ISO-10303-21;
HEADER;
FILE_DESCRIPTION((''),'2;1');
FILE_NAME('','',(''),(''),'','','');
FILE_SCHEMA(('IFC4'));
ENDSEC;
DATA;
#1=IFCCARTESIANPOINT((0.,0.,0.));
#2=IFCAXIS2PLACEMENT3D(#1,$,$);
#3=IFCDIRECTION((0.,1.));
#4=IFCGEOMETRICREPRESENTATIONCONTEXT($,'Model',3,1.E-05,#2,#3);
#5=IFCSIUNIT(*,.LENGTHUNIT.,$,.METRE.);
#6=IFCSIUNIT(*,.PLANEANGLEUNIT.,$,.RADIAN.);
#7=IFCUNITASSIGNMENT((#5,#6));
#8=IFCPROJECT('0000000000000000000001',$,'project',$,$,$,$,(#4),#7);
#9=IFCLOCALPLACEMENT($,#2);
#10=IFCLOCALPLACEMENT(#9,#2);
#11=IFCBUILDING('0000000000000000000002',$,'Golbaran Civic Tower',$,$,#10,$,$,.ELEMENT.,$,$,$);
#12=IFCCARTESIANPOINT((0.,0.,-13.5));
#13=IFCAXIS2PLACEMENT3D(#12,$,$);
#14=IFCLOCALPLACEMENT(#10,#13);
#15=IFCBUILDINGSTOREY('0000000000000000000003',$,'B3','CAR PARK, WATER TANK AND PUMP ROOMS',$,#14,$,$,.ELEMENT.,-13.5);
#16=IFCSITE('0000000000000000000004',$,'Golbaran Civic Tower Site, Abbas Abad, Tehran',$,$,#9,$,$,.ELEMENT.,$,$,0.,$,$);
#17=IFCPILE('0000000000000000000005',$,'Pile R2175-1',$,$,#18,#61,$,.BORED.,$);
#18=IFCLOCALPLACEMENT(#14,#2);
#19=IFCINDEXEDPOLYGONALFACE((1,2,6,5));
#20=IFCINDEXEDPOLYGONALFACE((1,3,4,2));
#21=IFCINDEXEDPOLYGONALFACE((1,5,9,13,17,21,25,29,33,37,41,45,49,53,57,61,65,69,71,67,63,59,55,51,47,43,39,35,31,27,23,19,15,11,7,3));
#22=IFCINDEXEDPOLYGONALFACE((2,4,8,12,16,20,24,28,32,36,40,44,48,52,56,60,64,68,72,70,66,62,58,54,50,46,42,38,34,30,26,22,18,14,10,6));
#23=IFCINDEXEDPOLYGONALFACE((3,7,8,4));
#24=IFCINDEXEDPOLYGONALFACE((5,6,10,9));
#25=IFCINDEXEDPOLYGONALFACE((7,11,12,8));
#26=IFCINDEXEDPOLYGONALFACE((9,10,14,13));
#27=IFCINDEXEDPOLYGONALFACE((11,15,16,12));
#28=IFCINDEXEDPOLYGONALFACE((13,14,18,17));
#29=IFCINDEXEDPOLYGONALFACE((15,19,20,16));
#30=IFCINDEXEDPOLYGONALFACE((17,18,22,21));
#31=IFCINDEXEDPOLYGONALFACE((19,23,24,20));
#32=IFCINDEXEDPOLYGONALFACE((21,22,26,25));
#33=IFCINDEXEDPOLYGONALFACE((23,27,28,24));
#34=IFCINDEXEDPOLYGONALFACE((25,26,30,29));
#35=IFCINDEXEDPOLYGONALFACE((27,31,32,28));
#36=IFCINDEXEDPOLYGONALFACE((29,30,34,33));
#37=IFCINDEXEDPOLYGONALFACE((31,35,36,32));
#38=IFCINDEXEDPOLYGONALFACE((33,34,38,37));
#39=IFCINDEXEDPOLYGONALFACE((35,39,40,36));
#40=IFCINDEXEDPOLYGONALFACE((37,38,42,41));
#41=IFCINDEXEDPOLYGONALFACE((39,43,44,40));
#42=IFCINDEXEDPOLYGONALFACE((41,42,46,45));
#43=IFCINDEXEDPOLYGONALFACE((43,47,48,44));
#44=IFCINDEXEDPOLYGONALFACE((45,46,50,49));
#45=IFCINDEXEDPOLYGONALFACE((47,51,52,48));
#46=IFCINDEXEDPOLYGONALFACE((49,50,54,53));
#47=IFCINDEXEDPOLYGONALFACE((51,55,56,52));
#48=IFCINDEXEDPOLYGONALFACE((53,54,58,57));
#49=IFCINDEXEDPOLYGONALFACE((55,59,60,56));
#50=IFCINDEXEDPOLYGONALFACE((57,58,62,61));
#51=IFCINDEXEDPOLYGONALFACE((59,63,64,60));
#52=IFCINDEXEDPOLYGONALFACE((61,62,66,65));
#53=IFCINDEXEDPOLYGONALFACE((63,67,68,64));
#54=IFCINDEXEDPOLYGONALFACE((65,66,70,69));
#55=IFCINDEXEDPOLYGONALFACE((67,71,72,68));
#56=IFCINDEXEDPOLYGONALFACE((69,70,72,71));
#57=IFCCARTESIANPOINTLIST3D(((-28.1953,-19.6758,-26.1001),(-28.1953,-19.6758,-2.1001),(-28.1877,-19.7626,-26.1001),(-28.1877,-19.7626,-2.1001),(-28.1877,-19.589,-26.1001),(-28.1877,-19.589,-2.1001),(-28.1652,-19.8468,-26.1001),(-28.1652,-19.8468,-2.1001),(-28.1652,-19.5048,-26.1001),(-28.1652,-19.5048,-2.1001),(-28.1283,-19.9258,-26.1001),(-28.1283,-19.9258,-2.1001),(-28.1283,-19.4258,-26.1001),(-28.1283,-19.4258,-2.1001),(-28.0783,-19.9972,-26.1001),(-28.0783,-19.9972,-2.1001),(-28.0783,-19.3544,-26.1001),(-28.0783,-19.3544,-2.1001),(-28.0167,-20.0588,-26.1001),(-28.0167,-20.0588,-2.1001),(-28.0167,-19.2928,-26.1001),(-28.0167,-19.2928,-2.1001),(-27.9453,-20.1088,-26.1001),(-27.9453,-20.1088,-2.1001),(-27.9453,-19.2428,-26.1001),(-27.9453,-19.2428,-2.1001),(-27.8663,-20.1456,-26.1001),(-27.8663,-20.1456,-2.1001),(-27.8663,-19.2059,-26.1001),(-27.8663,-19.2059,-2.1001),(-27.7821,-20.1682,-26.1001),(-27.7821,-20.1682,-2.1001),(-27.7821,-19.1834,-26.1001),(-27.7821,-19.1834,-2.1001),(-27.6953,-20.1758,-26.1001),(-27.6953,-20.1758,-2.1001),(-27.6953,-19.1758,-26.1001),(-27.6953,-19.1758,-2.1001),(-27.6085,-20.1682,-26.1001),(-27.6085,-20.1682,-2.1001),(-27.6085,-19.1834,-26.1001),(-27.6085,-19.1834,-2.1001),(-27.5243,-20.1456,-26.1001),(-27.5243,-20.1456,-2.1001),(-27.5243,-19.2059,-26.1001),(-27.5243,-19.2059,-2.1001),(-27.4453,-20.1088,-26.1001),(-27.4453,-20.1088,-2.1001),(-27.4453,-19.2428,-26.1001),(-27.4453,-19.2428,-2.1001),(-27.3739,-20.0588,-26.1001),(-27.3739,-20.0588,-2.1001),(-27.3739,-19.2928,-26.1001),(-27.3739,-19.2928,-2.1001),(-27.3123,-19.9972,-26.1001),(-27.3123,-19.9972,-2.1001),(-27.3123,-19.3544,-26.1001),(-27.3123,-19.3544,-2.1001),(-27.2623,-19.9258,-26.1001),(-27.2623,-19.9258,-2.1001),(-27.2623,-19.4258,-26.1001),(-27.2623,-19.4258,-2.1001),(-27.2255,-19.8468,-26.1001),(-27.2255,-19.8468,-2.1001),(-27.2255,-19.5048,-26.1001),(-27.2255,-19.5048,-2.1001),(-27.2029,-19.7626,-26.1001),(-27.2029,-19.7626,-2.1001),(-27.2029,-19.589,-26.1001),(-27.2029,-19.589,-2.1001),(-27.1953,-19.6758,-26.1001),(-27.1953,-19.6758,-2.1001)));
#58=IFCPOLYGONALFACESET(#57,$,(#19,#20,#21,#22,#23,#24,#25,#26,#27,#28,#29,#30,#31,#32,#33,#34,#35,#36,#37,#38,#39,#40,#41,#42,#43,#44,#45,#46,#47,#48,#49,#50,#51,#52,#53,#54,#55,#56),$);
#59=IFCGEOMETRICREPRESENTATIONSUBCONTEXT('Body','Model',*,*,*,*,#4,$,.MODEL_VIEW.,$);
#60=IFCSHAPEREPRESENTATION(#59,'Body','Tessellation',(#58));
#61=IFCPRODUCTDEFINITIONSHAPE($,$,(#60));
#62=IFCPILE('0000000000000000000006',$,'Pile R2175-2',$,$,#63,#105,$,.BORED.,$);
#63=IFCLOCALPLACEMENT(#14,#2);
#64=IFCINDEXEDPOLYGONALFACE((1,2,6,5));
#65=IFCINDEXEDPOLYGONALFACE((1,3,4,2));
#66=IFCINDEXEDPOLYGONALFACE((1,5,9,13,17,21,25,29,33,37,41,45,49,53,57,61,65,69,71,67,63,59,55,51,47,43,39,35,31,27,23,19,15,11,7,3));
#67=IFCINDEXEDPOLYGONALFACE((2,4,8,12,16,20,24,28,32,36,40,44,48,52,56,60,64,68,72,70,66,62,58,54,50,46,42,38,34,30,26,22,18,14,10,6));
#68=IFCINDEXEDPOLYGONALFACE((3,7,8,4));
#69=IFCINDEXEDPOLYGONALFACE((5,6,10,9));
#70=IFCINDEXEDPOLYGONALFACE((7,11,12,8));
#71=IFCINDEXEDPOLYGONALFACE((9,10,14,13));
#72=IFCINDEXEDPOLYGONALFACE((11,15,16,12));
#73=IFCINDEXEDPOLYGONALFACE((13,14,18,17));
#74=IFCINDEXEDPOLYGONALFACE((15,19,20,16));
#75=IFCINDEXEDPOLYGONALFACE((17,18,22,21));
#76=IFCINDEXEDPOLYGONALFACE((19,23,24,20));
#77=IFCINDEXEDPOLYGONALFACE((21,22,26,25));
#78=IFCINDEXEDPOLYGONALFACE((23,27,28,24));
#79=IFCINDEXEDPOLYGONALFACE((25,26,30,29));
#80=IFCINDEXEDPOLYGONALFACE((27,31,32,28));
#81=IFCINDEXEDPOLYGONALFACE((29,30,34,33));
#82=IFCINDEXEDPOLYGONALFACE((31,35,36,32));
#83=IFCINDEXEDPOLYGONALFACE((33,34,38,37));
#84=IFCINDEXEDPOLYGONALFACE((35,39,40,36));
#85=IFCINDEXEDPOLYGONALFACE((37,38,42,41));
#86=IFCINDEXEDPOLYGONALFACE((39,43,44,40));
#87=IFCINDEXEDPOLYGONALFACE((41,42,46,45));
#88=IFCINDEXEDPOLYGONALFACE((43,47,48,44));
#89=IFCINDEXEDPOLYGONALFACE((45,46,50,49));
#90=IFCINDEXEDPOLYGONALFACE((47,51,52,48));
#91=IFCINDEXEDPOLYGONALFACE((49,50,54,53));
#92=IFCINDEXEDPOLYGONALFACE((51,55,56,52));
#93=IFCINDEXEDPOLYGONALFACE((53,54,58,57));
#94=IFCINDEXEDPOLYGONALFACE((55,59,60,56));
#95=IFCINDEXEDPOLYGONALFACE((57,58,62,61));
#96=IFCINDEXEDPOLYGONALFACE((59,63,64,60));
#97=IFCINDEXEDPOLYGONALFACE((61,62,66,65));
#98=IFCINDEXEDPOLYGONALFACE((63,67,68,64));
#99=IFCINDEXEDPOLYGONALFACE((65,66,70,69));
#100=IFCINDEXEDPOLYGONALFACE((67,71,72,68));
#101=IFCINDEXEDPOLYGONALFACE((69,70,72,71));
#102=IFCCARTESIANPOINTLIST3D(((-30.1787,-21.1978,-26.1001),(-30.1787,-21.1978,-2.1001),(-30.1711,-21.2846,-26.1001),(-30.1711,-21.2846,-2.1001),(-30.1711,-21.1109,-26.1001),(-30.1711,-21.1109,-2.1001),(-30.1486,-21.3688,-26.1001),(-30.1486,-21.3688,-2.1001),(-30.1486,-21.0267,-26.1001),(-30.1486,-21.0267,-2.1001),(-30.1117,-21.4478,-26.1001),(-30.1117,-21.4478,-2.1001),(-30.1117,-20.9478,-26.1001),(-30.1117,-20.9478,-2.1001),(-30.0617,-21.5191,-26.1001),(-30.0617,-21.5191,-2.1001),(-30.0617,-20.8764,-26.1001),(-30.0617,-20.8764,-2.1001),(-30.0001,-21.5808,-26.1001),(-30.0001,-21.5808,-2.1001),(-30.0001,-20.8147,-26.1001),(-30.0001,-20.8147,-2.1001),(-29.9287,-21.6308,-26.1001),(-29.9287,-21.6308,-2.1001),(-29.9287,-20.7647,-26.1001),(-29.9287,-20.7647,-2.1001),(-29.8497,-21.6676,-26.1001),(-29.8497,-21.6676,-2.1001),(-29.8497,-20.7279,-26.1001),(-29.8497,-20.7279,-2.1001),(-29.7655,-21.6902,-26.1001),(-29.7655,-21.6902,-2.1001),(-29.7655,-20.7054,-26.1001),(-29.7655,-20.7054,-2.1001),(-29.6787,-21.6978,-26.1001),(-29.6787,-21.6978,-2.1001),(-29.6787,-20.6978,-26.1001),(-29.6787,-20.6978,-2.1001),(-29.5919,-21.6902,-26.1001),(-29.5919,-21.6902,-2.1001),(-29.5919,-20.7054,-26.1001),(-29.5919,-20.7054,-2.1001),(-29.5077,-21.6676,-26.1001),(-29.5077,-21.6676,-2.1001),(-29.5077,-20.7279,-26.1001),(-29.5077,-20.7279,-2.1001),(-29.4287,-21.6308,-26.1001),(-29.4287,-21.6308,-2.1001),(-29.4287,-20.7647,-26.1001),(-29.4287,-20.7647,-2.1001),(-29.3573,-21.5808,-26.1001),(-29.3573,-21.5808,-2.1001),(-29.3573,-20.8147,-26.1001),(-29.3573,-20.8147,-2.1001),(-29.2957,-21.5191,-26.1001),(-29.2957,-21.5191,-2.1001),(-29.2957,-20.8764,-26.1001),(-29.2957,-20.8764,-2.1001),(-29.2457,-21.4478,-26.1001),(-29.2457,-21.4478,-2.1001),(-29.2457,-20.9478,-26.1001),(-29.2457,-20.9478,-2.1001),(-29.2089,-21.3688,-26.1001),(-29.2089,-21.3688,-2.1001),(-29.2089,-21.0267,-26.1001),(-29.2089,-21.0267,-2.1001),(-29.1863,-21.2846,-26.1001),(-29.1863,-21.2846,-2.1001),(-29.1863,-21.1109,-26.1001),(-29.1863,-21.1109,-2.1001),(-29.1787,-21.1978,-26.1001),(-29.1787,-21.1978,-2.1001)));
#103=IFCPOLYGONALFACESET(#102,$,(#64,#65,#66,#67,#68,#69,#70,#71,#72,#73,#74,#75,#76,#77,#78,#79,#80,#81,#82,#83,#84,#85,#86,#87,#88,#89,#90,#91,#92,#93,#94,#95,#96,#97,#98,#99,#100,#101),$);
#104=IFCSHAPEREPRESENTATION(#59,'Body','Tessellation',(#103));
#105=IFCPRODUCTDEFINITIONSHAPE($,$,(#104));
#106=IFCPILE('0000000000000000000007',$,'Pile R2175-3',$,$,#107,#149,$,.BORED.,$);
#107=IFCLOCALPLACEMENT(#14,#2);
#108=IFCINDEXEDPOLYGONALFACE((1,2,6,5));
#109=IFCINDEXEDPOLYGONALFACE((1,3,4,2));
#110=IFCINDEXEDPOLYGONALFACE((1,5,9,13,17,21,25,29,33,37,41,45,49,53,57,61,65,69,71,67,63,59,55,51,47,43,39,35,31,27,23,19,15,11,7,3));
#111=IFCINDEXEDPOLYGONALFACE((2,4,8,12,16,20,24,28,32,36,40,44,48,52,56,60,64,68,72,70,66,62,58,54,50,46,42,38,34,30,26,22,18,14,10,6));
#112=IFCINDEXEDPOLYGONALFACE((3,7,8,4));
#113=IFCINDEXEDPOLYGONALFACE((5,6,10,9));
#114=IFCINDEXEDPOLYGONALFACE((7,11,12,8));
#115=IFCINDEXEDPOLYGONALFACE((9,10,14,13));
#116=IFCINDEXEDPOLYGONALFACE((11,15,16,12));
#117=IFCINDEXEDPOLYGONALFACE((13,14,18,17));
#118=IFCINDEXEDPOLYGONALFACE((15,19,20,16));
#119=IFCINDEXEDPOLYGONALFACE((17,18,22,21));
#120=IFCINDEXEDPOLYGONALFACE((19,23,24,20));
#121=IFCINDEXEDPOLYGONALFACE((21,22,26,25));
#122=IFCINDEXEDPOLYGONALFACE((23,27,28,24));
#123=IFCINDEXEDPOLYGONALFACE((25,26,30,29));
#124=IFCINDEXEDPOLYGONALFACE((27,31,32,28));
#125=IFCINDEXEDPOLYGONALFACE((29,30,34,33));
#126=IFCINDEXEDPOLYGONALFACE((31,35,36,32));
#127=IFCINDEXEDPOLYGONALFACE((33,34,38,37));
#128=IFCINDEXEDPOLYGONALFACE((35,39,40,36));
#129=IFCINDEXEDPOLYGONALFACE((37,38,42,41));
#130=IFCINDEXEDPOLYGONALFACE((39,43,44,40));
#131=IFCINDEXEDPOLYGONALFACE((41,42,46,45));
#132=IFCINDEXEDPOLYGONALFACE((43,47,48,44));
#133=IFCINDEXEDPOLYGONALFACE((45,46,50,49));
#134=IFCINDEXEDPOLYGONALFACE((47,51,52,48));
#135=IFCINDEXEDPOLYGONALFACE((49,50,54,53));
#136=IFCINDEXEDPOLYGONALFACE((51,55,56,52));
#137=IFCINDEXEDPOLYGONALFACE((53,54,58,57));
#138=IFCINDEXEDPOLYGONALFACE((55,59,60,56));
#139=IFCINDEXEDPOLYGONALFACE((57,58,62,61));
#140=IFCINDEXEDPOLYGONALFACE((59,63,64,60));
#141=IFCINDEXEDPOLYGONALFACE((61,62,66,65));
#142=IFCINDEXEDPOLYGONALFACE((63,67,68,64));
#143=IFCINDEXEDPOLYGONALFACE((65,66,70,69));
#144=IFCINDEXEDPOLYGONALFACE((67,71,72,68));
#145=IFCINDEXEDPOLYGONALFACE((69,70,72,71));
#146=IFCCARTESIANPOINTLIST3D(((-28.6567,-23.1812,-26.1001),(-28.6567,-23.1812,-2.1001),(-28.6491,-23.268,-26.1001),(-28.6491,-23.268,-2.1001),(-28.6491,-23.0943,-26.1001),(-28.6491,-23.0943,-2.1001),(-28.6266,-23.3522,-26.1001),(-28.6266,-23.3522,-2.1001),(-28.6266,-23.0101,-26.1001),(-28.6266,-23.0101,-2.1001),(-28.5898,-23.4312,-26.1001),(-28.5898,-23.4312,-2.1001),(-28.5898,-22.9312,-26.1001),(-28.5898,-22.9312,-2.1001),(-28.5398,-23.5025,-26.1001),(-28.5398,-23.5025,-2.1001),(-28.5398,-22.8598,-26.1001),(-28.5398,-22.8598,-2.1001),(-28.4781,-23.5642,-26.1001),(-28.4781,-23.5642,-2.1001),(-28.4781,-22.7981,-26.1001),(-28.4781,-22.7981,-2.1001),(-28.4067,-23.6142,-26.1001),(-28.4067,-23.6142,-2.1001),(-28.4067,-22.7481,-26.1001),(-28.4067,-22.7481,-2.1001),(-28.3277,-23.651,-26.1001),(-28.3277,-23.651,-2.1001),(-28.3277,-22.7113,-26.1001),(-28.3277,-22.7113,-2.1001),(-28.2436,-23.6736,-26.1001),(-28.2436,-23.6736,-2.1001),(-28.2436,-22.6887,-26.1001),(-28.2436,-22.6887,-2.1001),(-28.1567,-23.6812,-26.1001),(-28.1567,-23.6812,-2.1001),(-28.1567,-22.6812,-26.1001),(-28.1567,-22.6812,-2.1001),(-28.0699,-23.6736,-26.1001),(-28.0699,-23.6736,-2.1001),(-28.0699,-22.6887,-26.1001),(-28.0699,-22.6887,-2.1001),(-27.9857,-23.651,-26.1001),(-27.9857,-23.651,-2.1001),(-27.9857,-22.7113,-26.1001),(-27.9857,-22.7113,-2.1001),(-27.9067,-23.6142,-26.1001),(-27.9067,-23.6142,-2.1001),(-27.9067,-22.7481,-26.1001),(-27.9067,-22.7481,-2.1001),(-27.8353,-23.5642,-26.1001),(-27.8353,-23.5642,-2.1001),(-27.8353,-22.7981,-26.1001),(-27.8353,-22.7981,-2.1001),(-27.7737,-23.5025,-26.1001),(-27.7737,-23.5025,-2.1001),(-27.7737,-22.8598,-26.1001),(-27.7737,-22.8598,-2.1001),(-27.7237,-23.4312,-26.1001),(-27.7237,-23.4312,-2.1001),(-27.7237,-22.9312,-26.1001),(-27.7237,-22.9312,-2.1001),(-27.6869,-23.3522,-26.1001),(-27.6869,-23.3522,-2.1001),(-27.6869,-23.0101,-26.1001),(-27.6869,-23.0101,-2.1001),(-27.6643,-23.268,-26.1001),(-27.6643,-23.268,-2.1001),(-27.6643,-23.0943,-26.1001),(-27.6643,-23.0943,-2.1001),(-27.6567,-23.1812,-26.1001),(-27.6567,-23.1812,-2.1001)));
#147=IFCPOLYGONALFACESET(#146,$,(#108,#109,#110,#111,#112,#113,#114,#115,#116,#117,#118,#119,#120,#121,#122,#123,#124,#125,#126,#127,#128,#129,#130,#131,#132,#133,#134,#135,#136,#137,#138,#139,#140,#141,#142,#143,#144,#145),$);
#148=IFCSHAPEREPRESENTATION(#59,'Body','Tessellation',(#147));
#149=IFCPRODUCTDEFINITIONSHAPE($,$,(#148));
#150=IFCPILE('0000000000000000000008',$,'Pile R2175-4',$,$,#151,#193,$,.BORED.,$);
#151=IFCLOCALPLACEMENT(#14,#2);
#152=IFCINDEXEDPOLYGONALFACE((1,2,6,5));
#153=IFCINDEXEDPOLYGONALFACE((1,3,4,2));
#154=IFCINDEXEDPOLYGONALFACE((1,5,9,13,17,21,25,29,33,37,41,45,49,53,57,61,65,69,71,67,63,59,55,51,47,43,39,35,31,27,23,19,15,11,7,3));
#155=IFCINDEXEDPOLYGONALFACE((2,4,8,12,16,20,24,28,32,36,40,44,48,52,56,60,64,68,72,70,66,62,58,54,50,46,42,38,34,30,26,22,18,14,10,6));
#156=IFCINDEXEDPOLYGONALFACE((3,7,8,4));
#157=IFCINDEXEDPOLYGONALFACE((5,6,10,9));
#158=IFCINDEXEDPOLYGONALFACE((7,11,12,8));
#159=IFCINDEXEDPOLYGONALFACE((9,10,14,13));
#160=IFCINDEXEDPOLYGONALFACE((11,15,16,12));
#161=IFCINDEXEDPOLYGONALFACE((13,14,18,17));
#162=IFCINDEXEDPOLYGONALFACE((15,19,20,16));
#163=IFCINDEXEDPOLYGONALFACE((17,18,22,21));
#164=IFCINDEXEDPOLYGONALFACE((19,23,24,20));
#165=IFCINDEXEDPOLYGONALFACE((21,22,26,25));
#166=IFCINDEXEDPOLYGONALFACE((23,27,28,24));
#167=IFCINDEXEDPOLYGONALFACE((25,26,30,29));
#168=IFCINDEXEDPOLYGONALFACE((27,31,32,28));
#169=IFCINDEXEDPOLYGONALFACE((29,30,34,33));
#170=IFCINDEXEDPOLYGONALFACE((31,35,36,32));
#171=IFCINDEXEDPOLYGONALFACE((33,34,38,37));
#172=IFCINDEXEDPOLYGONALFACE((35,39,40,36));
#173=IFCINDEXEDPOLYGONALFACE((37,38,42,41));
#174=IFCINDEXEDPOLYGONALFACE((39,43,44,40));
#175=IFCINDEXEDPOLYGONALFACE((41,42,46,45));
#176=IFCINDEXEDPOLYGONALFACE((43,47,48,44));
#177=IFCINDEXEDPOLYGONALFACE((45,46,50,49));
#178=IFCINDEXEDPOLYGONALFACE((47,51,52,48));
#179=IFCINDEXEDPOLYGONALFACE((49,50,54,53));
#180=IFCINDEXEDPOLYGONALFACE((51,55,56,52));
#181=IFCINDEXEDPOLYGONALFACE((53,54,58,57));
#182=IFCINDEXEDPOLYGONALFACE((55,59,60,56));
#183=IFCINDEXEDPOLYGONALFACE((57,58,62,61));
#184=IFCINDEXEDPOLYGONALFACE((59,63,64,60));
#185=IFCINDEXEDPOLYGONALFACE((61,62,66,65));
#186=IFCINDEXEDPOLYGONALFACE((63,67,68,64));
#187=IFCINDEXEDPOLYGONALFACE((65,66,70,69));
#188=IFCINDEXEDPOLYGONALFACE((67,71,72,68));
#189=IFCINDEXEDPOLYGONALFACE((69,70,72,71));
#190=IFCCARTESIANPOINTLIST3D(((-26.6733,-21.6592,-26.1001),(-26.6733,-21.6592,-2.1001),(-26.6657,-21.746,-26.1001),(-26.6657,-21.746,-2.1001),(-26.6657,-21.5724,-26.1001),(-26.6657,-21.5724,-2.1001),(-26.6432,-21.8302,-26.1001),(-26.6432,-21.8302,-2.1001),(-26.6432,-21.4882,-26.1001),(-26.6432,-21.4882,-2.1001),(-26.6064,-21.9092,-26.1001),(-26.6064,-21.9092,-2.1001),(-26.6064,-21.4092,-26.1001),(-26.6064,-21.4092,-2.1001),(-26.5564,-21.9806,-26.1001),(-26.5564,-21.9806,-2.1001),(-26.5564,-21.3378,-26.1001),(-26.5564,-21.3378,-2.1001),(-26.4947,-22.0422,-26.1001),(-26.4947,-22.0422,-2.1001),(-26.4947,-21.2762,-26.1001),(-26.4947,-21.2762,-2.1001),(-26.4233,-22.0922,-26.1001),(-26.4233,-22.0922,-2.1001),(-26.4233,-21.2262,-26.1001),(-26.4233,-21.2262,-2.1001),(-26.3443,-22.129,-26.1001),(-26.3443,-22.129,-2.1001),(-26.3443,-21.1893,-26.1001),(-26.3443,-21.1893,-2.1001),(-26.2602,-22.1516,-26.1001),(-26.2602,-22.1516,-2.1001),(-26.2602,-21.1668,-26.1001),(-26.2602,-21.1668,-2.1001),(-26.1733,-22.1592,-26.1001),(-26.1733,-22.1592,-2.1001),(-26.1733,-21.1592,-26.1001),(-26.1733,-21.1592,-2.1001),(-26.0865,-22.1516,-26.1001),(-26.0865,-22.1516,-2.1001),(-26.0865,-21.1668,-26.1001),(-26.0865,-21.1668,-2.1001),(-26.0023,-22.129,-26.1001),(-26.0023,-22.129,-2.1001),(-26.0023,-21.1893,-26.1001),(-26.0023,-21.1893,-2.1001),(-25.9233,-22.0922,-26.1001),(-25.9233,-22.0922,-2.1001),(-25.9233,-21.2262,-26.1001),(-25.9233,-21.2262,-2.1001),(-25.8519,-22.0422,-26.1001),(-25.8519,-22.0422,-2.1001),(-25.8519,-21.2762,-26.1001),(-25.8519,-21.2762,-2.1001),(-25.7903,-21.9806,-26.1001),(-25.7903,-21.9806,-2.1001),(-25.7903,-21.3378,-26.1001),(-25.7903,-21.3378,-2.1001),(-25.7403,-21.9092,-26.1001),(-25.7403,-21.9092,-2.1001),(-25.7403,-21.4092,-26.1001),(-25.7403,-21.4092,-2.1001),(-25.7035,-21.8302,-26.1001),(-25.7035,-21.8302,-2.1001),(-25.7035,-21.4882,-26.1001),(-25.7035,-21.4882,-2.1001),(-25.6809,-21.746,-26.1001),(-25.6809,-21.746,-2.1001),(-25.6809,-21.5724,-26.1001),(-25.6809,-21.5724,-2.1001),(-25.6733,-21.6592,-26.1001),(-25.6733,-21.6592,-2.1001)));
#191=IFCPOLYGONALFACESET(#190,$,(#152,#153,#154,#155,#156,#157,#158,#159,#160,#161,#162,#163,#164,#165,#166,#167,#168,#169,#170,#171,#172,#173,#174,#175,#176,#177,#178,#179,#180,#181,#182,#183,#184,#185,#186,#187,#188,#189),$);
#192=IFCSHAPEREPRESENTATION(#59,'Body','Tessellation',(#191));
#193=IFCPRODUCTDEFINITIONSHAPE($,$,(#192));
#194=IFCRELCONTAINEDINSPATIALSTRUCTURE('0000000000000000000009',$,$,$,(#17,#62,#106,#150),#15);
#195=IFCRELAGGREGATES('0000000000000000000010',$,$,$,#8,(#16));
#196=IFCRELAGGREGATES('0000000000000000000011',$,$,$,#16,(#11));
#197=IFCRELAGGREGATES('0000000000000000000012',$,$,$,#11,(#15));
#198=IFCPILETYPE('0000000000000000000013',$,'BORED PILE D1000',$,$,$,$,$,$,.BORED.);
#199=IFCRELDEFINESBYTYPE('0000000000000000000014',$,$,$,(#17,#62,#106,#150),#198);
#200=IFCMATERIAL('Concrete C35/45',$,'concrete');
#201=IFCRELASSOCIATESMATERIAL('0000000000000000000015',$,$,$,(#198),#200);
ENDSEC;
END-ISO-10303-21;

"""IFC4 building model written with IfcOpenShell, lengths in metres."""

from ifc_helpers import new_model, si_unit, direction, frame, origin, origin_2d, place, context, subcontext, project, spatial, circle, extrude, material, material_profile, profile_set, type_object, element, save


model = new_model("IFC4")

# Units and contexts
model_context = context("Model", 3, precision=1e-05, world=origin(), true_north=direction((0.0, 1.0)))
body_context = subcontext(model_context, "Body", "Model", "MODEL_VIEW")
ifc_project = project(units=[si_unit("LENGTHUNIT", "METRE"), si_unit("PLANEANGLEUNIT", "RADIAN")], contexts=[model_context])

# Site, building, storey
site_placement = place(None, origin())
site = spatial("IfcSite", under=ifc_project, at=site_placement, Name="Golbaran Civic Tower Site, Abbas Abad, Tehran", CompositionType="ELEMENT", RefElevation=0.0)
building_placement = place(site_placement, origin())
building = spatial("IfcBuilding", under=site, at=building_placement, Name="Golbaran Civic Tower", CompositionType="ELEMENT")
storey_placement = place(building_placement, frame((0.0, 0.0, -13.5)))
storey = spatial("IfcBuildingStorey", under=building, at=storey_placement, Name="B3", Description="CAR PARK, WATER TANK AND PUMP ROOMS", CompositionType="ELEMENT", Elevation=-13.5)

# Piles
ifc_material_1 = material(Name="Concrete C35/45", Category="concrete")
ifc_material_profile_1 = material_profile(ifc_material_1, circle(Radius=0.5, at=origin_2d()), Name="BORED PILE D1000")
ifc_profile_set_1 = profile_set([ifc_material_profile_1], Name="Concrete C35/45")
pile_type_1 = type_object("IfcPileType", Name="BORED PILE D1000", PredefinedType="BORED", material=ifc_profile_set_1)
for number, where, z_axis, x_axis, name in (
    (1, (-27.6953, -19.6758, -2.1001), (0.0, 0.0, -1.0), (1.0, 0.0, 0.0), "Pile R2175-1"),
    (2, (-29.6787, -21.1978, -2.1001), (0.0, 0.0, -1.0), (1.0, 0.0, 0.0), "Pile R2175-2"),
    (3, (-28.1567, -23.1812, -2.1001), (0.0, 0.0, -1.0), (1.0, 0.0, 0.0), "Pile R2175-3"),
    (4, (-26.1733, -21.6592, -2.1001), (0.0, 0.0, -1.0), (1.0, 0.0, 0.0), "Pile R2175-4"),
):
    element("IfcPile", number, at=place(storey_placement, frame(where, z_axis=z_axis, x_axis=x_axis)), inside=storey, type_object=pile_type_1, Name=name, PredefinedType="BORED", context=body_context, shape_type="SweptSolid", body=[
        extrude(circle(Radius=0.5, at=origin_2d()), origin(), (0.0, 0.0, 1.0), 24.0),
    ])

save(model, "model.ifc")
